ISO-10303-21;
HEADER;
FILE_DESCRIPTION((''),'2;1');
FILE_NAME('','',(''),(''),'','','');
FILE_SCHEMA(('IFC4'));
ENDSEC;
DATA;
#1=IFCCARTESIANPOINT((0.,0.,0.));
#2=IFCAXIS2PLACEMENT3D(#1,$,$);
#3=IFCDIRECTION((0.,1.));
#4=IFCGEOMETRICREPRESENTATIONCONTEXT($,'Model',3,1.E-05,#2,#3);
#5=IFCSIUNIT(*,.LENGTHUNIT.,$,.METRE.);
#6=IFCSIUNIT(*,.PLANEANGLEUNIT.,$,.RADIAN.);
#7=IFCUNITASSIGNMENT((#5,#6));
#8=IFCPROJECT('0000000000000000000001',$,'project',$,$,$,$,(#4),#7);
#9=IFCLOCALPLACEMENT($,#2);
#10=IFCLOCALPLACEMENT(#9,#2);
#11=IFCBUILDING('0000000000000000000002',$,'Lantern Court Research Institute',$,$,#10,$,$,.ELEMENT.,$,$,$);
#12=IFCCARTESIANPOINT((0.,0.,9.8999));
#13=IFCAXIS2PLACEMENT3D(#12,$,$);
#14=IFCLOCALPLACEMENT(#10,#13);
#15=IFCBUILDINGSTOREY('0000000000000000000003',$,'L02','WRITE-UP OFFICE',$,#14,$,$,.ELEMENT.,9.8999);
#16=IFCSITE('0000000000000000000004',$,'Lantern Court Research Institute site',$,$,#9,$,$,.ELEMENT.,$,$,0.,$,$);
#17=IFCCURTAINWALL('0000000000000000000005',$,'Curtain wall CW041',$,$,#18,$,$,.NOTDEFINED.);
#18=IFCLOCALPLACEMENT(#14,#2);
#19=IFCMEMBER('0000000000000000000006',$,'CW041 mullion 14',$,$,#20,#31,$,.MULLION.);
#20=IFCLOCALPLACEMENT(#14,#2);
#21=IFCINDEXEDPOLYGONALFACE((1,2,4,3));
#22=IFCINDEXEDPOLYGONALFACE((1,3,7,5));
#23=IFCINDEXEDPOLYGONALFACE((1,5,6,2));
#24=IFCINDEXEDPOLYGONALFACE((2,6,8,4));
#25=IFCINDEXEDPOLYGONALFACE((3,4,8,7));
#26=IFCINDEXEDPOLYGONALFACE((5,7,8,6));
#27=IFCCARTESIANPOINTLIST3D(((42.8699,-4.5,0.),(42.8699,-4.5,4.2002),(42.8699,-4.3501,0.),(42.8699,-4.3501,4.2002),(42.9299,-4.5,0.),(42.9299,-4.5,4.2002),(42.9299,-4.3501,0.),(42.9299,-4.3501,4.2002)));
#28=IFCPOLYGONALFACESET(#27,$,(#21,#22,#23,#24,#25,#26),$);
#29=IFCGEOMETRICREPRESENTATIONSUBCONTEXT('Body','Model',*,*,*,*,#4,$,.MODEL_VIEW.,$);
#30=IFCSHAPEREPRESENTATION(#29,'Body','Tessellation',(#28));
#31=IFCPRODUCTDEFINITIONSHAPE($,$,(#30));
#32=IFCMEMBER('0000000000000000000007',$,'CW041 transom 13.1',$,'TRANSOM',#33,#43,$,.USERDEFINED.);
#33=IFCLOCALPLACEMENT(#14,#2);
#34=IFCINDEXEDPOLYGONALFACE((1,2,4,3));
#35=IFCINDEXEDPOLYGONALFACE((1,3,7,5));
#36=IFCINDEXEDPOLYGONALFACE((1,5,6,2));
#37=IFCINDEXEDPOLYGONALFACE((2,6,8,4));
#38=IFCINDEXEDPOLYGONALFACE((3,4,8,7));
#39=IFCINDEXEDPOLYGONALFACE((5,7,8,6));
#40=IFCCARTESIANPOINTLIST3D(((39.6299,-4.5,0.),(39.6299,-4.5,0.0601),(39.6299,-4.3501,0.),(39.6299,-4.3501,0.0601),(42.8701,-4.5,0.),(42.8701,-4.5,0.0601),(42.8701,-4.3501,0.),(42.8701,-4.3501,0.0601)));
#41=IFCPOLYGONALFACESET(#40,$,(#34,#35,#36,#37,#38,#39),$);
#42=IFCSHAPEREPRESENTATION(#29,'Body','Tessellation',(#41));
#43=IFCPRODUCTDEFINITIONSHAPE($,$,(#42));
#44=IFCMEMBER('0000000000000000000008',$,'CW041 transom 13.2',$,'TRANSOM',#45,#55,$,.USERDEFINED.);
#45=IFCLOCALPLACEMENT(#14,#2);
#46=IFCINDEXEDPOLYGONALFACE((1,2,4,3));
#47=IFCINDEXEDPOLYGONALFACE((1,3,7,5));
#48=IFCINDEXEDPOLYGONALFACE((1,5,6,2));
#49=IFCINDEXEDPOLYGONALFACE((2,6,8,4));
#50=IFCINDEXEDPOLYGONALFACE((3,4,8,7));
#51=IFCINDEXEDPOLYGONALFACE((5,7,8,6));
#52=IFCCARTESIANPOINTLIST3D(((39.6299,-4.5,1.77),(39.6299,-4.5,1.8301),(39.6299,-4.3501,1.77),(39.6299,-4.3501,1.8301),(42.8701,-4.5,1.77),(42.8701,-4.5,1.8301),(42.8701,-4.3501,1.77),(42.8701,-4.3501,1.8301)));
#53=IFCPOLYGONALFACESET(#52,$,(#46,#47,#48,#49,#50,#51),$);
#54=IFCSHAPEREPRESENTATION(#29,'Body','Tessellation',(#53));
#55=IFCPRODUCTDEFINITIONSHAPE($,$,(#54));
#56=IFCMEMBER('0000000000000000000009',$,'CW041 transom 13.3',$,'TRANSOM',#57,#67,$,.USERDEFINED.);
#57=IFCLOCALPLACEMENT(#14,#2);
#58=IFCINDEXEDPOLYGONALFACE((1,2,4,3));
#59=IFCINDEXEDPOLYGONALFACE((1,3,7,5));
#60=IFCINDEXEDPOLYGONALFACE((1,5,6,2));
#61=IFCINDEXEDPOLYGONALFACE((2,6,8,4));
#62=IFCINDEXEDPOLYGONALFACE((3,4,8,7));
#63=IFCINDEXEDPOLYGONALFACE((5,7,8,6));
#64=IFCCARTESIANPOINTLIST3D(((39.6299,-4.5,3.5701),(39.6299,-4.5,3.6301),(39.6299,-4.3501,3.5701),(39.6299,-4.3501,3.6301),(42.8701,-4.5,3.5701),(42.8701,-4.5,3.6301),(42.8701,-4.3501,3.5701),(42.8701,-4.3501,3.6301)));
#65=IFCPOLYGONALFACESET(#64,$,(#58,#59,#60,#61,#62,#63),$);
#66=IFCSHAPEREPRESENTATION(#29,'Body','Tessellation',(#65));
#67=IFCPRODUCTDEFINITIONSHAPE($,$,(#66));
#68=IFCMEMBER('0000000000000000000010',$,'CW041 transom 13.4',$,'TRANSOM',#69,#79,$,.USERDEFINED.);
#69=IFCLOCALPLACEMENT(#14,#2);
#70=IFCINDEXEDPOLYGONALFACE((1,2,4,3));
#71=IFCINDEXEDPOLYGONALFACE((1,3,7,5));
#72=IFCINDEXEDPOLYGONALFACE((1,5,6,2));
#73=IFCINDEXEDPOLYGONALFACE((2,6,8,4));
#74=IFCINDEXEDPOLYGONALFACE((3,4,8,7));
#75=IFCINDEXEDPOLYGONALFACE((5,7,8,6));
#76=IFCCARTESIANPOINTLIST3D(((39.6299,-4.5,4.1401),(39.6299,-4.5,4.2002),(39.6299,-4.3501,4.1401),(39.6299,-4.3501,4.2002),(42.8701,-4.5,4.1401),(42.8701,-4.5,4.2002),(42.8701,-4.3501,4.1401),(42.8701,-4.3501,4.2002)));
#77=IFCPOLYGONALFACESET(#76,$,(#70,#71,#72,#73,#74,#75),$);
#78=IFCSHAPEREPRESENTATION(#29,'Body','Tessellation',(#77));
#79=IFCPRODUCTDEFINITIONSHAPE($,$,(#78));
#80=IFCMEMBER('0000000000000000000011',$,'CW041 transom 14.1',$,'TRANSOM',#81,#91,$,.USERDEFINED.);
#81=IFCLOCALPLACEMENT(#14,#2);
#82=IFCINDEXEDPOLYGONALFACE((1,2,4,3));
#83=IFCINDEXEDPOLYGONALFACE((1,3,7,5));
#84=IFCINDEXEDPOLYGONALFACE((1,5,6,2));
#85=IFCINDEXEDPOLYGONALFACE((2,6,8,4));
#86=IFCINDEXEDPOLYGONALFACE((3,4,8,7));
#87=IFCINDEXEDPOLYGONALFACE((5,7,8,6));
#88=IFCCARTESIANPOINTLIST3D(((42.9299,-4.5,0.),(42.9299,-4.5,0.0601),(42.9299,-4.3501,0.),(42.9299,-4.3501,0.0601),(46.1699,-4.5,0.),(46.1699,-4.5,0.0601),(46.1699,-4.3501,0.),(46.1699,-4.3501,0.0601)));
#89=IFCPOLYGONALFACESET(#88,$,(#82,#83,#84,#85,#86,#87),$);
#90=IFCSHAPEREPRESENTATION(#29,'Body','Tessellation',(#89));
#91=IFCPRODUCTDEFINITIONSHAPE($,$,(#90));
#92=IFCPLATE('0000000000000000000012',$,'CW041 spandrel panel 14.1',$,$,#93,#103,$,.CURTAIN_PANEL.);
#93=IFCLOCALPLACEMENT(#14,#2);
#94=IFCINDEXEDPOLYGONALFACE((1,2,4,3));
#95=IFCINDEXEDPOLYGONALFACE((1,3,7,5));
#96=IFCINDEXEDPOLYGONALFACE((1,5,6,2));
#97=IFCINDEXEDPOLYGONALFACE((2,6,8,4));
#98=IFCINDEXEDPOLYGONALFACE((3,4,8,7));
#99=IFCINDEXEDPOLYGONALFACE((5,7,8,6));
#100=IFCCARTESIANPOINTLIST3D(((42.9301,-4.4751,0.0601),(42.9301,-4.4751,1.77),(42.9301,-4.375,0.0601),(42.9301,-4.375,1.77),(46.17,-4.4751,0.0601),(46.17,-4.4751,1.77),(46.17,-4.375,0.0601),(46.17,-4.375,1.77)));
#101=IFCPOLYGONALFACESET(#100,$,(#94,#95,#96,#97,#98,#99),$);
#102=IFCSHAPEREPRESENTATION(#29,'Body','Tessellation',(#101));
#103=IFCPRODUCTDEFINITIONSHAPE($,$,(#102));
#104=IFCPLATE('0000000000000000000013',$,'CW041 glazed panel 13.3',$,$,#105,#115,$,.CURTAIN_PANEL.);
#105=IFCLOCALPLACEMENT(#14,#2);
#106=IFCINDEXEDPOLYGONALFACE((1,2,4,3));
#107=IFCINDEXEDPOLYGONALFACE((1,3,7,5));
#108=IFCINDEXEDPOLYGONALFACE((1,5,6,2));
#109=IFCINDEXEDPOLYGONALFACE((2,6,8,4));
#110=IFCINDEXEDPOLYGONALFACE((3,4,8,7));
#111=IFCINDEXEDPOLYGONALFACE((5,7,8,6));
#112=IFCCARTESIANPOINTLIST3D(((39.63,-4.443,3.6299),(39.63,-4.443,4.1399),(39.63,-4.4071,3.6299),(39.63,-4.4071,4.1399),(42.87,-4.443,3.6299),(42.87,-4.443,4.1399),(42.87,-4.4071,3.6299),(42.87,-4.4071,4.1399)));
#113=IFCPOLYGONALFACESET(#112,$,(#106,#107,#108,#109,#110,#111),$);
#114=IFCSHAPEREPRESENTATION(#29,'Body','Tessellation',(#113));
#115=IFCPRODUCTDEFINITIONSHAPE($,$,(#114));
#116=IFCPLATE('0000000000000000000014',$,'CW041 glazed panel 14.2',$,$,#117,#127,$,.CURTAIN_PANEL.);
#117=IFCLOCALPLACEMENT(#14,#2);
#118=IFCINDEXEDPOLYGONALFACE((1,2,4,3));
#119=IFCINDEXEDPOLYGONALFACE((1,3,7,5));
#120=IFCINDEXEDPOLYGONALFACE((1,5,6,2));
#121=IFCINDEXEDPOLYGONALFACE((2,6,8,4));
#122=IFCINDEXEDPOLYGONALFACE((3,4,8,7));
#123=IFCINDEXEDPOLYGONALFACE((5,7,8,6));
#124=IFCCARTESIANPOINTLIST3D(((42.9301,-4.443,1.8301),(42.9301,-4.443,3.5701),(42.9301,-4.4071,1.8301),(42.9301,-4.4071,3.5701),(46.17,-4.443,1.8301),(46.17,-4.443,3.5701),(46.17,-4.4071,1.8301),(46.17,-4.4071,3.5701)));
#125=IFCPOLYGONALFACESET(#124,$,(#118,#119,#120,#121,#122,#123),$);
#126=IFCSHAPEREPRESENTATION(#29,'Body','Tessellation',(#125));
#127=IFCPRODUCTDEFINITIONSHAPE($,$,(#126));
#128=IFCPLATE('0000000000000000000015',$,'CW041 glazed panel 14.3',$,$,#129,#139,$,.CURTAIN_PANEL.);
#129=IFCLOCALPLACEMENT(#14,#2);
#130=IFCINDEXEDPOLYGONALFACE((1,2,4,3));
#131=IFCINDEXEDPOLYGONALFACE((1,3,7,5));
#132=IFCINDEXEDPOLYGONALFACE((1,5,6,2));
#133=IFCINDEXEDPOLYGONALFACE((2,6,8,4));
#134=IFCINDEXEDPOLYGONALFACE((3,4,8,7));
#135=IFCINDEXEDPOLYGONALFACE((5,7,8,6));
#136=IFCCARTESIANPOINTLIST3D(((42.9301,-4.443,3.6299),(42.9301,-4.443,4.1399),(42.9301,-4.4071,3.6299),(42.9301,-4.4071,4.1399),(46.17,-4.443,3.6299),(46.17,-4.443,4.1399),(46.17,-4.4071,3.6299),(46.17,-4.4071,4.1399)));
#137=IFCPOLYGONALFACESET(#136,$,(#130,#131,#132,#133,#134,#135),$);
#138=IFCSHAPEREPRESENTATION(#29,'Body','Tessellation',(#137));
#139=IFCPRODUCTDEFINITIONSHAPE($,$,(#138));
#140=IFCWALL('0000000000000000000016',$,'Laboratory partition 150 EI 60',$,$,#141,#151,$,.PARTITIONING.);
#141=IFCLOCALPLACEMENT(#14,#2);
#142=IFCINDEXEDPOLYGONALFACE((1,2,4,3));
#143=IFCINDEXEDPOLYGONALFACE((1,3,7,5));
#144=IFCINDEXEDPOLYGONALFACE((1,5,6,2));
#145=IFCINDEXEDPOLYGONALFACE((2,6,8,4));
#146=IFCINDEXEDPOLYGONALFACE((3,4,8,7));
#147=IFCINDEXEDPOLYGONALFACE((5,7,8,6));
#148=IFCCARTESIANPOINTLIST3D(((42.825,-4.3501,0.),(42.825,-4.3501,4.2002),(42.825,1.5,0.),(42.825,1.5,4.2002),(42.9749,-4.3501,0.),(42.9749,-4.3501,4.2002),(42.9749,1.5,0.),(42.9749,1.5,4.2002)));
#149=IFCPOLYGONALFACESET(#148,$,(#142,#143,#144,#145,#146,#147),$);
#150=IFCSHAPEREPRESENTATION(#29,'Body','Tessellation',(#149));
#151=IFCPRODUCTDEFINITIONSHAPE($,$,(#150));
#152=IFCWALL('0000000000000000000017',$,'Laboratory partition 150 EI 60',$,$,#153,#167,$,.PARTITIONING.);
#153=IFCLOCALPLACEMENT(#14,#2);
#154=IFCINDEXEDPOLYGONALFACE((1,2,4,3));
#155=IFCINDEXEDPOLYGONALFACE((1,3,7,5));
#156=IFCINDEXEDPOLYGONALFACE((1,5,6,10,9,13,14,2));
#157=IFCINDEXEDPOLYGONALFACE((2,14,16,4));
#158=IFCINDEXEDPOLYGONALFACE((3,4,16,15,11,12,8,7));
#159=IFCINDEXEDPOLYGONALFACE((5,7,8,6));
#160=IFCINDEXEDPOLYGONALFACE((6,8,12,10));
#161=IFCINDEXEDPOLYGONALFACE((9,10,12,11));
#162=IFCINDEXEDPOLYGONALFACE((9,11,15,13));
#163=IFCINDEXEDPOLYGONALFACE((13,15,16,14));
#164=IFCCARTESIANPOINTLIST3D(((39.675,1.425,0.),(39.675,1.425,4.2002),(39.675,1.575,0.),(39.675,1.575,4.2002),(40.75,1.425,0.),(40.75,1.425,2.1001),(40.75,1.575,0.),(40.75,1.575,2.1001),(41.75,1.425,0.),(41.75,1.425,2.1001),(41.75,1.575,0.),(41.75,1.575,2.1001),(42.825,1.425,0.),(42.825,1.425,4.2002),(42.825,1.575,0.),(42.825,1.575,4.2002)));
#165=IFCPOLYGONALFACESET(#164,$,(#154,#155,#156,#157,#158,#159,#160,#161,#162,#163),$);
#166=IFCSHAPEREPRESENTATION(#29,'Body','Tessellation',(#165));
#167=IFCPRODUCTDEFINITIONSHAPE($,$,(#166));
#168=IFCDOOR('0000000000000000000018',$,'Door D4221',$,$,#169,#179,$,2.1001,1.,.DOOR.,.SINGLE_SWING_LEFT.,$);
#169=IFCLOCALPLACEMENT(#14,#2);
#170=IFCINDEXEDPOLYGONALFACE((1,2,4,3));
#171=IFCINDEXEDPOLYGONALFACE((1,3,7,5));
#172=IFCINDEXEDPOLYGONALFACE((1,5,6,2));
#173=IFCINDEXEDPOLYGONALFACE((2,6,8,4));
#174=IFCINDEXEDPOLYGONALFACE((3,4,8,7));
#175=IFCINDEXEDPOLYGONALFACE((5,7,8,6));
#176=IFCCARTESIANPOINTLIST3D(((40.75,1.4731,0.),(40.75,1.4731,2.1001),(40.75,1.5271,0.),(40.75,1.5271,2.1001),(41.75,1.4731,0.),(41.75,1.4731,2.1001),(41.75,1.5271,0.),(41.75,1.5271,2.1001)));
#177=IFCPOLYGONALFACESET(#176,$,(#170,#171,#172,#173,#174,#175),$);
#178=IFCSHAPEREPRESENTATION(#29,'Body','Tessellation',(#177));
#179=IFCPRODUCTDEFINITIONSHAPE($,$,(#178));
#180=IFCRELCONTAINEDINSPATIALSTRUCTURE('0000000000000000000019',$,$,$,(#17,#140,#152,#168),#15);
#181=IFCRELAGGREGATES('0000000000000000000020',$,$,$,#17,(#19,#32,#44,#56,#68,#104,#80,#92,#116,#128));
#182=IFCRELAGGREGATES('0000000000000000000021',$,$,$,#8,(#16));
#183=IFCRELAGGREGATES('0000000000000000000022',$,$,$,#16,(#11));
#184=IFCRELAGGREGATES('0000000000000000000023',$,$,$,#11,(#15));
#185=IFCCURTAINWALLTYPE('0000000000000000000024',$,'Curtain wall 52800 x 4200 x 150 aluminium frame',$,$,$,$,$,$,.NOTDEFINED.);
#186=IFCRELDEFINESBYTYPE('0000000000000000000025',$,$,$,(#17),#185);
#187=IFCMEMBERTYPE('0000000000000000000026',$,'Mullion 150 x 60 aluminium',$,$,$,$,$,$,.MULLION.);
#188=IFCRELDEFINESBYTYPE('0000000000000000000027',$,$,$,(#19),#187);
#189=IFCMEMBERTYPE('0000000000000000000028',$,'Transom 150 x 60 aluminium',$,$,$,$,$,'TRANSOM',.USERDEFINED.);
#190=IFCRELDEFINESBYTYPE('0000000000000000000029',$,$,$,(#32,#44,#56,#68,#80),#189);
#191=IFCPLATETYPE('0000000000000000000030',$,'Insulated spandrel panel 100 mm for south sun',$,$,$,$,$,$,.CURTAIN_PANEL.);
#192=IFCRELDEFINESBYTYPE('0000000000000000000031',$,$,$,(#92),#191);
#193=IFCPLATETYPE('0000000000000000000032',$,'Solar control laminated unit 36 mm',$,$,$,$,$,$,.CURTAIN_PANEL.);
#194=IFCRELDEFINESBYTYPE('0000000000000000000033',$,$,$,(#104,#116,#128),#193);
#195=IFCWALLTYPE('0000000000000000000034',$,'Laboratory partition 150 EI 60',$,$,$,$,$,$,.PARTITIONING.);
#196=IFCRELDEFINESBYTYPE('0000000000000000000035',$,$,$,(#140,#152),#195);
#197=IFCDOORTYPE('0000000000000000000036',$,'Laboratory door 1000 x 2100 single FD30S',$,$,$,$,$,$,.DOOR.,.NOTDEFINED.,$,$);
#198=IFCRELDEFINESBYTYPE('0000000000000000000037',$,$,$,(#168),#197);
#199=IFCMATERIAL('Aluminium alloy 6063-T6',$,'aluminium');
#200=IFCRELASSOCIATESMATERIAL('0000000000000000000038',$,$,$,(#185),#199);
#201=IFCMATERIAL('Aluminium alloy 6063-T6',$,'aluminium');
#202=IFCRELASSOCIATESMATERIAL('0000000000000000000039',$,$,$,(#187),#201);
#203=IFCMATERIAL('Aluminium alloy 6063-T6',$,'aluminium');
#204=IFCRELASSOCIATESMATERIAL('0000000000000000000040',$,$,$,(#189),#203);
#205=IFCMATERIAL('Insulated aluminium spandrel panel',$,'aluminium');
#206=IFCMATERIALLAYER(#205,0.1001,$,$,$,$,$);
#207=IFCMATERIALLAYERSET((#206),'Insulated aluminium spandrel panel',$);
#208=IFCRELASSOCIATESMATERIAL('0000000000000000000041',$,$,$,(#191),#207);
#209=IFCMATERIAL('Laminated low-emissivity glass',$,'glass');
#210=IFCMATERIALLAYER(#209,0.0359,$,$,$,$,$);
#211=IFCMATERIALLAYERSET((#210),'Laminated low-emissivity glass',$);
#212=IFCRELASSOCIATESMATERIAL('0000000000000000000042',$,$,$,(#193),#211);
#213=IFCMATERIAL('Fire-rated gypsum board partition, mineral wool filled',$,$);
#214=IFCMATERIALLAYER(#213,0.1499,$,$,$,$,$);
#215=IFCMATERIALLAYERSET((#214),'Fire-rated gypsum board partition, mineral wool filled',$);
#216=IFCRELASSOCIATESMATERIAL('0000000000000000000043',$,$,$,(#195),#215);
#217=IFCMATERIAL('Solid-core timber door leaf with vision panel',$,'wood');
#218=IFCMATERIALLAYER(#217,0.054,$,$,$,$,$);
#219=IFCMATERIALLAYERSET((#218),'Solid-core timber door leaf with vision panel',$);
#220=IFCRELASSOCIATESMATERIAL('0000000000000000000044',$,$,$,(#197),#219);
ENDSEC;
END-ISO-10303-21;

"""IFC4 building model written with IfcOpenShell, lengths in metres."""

from ifc_helpers import new_model, si_unit, direction, frame, frame_2d, origin, origin_2d, place, context, subcontext, project, spatial, rectangle, extrude, material, layer, layer_set, material_profile, profile_set, type_object, element, fill, aggregate, save


model = new_model("IFC4")

# Units and contexts
model_context = context("Model", 3, precision=1e-05, world=origin(), true_north=direction((0.0, 1.0)))
body_context = subcontext(model_context, "Body", "Model", "MODEL_VIEW")
ifc_project = project(units=[si_unit("LENGTHUNIT", "METRE"), si_unit("PLANEANGLEUNIT", "RADIAN")], contexts=[model_context])

# Site, building, storey
site_placement = place(None, origin())
site = spatial("IfcSite", under=ifc_project, at=site_placement, Name="Lantern Court Research Institute site", CompositionType="ELEMENT", RefElevation=0.0)
building_placement = place(site_placement, origin())
building = spatial("IfcBuilding", under=site, at=building_placement, Name="Lantern Court Research Institute", CompositionType="ELEMENT")
storey_placement = place(building_placement, frame((0.0, 0.0, 9.8999)))
storey = spatial("IfcBuildingStorey", under=building, at=storey_placement, Name="L02", Description="WRITE-UP OFFICE", CompositionType="ELEMENT", Elevation=9.8999)

# Curtain wall, members, plates
ifc_material_1 = material(Name="Aluminium alloy 6063-T6", Category="aluminium")
curtain_wall_type = type_object("IfcCurtainWallType", Name="Curtain wall 52800 x 4200 x 150 aluminium frame", PredefinedType="NOTDEFINED", material=ifc_material_1)
curtain_wall_placement = place(storey_placement, origin())
curtain_wall = element("IfcCurtainWall", 1, at=curtain_wall_placement, inside=storey, type_object=curtain_wall_type, Name="Curtain wall CW041", PredefinedType="NOTDEFINED")
ifc_material_2 = material(Name="Aluminium alloy 6063-T6", Category="aluminium")
ifc_material_profile_1 = material_profile(ifc_material_2, rectangle(XDim=0.1499, YDim=0.0601, at=origin_2d()), Name="Mullion 150 x 60")
ifc_profile_set_1 = profile_set([ifc_material_profile_1], Name="Aluminium alloy 6063-T6")
member_type_1 = type_object("IfcMemberType", Name="Mullion 150 x 60 aluminium", PredefinedType="MULLION", material=ifc_profile_set_1)
member_1_placement = place(storey_placement, frame((42.8999, -4.425, 0.0), z_axis=(0.0, 0.0, 1.0), x_axis=(0.0, -1.0, 0.0)))
member_1 = element("IfcMember", 2, at=member_1_placement, type_object=member_type_1, Name="CW041 mullion 14", PredefinedType="MULLION", context=body_context, shape_type="SweptSolid", body=[
    extrude(rectangle(XDim=0.1499, YDim=0.0601, at=origin_2d()), origin(), (0.0, 0.0, 1.0), 4.2002),
])
ifc_material_3 = material(Name="Aluminium alloy 6063-T6", Category="aluminium")
ifc_material_profile_2 = material_profile(ifc_material_3, rectangle(XDim=0.1499, YDim=0.0601, at=origin_2d()), Name="Transom 150 x 60")
ifc_profile_set_2 = profile_set([ifc_material_profile_2], Name="Aluminium alloy 6063-T6")
member_type_2 = type_object("IfcMemberType", Name="Transom 150 x 60 aluminium", ElementType="TRANSOM", PredefinedType="USERDEFINED", material=ifc_profile_set_2)
member_2_placement = place(storey_placement, frame((42.8701, -4.425, 0.03), z_axis=(-1.0, 0.0, 0.0), x_axis=(0.0, -1.0, 0.0)))
member_2 = element("IfcMember", 3, at=member_2_placement, type_object=member_type_2, Name="CW041 transom 13.1", ObjectType="TRANSOM", PredefinedType="USERDEFINED", context=body_context, shape_type="SweptSolid", body=[
    extrude(rectangle(XDim=0.1499, YDim=0.0601, at=origin_2d()), origin(), (0.0, 0.0, 1.0), 3.2402),
])
member_3_placement = place(storey_placement, frame((42.8701, -4.425, 1.8), z_axis=(-1.0, 0.0, 0.0), x_axis=(0.0, -1.0, 0.0)))
member_3 = element("IfcMember", 4, at=member_3_placement, type_object=member_type_2, Name="CW041 transom 13.2", ObjectType="TRANSOM", PredefinedType="USERDEFINED", context=body_context, shape_type="SweptSolid", body=[
    extrude(rectangle(XDim=0.1499, YDim=0.0601, at=origin_2d()), origin(), (0.0, 0.0, 1.0), 3.2402),
])
member_4_placement = place(storey_placement, frame((42.8701, -4.425, 3.6001), z_axis=(-1.0, 0.0, 0.0), x_axis=(0.0, -1.0, 0.0)))
member_4 = element("IfcMember", 5, at=member_4_placement, type_object=member_type_2, Name="CW041 transom 13.3", ObjectType="TRANSOM", PredefinedType="USERDEFINED", context=body_context, shape_type="SweptSolid", body=[
    extrude(rectangle(XDim=0.1499, YDim=0.0601, at=origin_2d()), origin(), (0.0, 0.0, 1.0), 3.2402),
])
member_5_placement = place(storey_placement, frame((42.8701, -4.425, 4.1702), z_axis=(-1.0, 0.0, 0.0), x_axis=(0.0, -1.0, 0.0)))
member_5 = element("IfcMember", 6, at=member_5_placement, type_object=member_type_2, Name="CW041 transom 13.4", ObjectType="TRANSOM", PredefinedType="USERDEFINED", context=body_context, shape_type="SweptSolid", body=[
    extrude(rectangle(XDim=0.1499, YDim=0.0601, at=origin_2d()), origin(), (0.0, 0.0, 1.0), 3.2402),
])
member_6_placement = place(storey_placement, frame((46.1699, -4.425, 0.03), z_axis=(-1.0, 0.0, 0.0), x_axis=(0.0, -1.0, 0.0)))
member_6 = element("IfcMember", 7, at=member_6_placement, type_object=member_type_2, Name="CW041 transom 14.1", ObjectType="TRANSOM", PredefinedType="USERDEFINED", context=body_context, shape_type="SweptSolid", body=[
    extrude(rectangle(XDim=0.1499, YDim=0.0601, at=origin_2d()), origin(), (0.0, 0.0, 1.0), 3.24),
])
ifc_material_4 = material(Name="Insulated aluminium spandrel panel", Category="aluminium")
ifc_layer_1 = layer(ifc_material_4, 0.1001)
ifc_layer_set_1 = layer_set([ifc_layer_1], Name="Insulated aluminium spandrel panel")
plate_type_1 = type_object("IfcPlateType", Name="Insulated spandrel panel 100 mm for south sun", PredefinedType="CURTAIN_PANEL", material=ifc_layer_set_1)
plate_1_placement = place(storey_placement, frame((44.55, -4.425, 0.0601), z_axis=(0.0, 0.0, 1.0), x_axis=(-1.0, 0.0, 0.0)))
plate_1 = element("IfcPlate", 8, at=plate_1_placement, type_object=plate_type_1, Name="CW041 spandrel panel 14.1", PredefinedType="CURTAIN_PANEL", context=body_context, shape_type="SweptSolid", body=[
    extrude(rectangle(XDim=3.24, YDim=0.1001, at=origin_2d()), origin(), (0.0, 0.0, 1.0), 1.71),
])
ifc_material_5 = material(Name="Laminated low-emissivity glass", Category="glass")
ifc_layer_2 = layer(ifc_material_5, 0.0359)
ifc_layer_set_2 = layer_set([ifc_layer_2], Name="Laminated low-emissivity glass")
plate_type_2 = type_object("IfcPlateType", Name="Solar control laminated unit 36 mm", PredefinedType="CURTAIN_PANEL", material=ifc_layer_set_2)
plate_2_placement = place(storey_placement, frame((41.25, -4.425, 3.6299), z_axis=(0.0, 0.0, 1.0), x_axis=(-1.0, 0.0, 0.0)))
plate_2 = element("IfcPlate", 9, at=plate_2_placement, type_object=plate_type_2, Name="CW041 glazed panel 13.3", PredefinedType="CURTAIN_PANEL", context=body_context, shape_type="SweptSolid", body=[
    extrude(rectangle(XDim=3.24, YDim=0.0359, at=origin_2d()), origin(), (0.0, 0.0, 1.0), 0.51),
])
plate_3_placement = place(storey_placement, frame((44.55, -4.425, 1.8301), z_axis=(0.0, 0.0, 1.0), x_axis=(-1.0, 0.0, 0.0)))
plate_3 = element("IfcPlate", 10, at=plate_3_placement, type_object=plate_type_2, Name="CW041 glazed panel 14.2", PredefinedType="CURTAIN_PANEL", context=body_context, shape_type="SweptSolid", body=[
    extrude(rectangle(XDim=3.24, YDim=0.0359, at=origin_2d()), origin(), (0.0, 0.0, 1.0), 1.74),
])
plate_4_placement = place(storey_placement, frame((44.55, -4.425, 3.6299), z_axis=(0.0, 0.0, 1.0), x_axis=(-1.0, 0.0, 0.0)))
plate_4 = element("IfcPlate", 11, at=plate_4_placement, type_object=plate_type_2, Name="CW041 glazed panel 14.3", PredefinedType="CURTAIN_PANEL", context=body_context, shape_type="SweptSolid", body=[
    extrude(rectangle(XDim=3.24, YDim=0.0359, at=origin_2d()), origin(), (0.0, 0.0, 1.0), 0.51),
])
aggregate(curtain_wall, [member_1, member_2, member_3, member_4, member_5, plate_2, member_6, plate_1, plate_3, plate_4])

# Wall
ifc_material_6 = material(Name="Fire-rated gypsum board partition, mineral wool filled")
ifc_layer_3 = layer(ifc_material_6, 0.1499)
ifc_layer_set_3 = layer_set([ifc_layer_3], Name="Fire-rated gypsum board partition, mineral wool filled")
wall_type = type_object("IfcWallType", Name="Laboratory partition 150 EI 60", PredefinedType="PARTITIONING", material=ifc_layer_set_3)
wall_1_placement = place(storey_placement, frame((42.8999, -4.3501, 0.0), z_axis=(0.0, 0.0, 1.0), x_axis=(0.0, 1.0, 0.0)))
element("IfcWall", 12, at=wall_1_placement, inside=storey, type_object=wall_type, Name="Laboratory partition 150 EI 60", PredefinedType="PARTITIONING", context=body_context, shape_type="SweptSolid", body=[
    extrude(rectangle(XDim=5.8501, YDim=0.1499, at=frame_2d((2.925, 0.0))), origin(), (0.0, 0.0, 1.0), 4.2002),
])

# Wall, opening, door
wall_2_placement = place(storey_placement, frame((42.825, 1.5, 0.0), z_axis=(0.0, 0.0, 1.0), x_axis=(-1.0, 0.0, 0.0)))
wall_2 = element("IfcWall", 13, at=wall_2_placement, inside=storey, type_object=wall_type, Name="Laboratory partition 150 EI 60", PredefinedType="PARTITIONING", context=body_context, shape_type="SweptSolid", body=[
    extrude(rectangle(XDim=3.1499, YDim=0.1499, at=frame_2d((1.575, 0.0))), origin(), (0.0, 0.0, 1.0), 4.2002),
])
opening_1_placement = place(wall_2_placement, frame((1.075, 0.0, 0.0)))
opening_1 = element("IfcOpeningElement", 14, at=opening_1_placement, cuts=wall_2, PredefinedType="OPENING", context=body_context, shape_type="SweptSolid", body=[
    extrude(rectangle(XDim=1.0, YDim=2.1001, at=frame_2d((0.5, 1.05))), frame((0.0, 0.085, 0.0), z_axis=(0.0, -1.0, 0.0), x_axis=(1.0, 0.0, 0.0)), (0.0, 0.0, 1.0), 0.1699),
])
ifc_material_7 = material(Name="Solid-core timber door leaf with vision panel", Category="wood")
ifc_layer_4 = layer(ifc_material_7, 0.054)
ifc_layer_set_4 = layer_set([ifc_layer_4], Name="Solid-core timber door leaf with vision panel")
door_type = type_object("IfcDoorType", Name="Laboratory door 1000 x 2100 single FD30S", OperationType="NOTDEFINED", PredefinedType="DOOR", material=ifc_layer_set_4)
door_1_placement = place(opening_1_placement, origin())
door_1 = element("IfcDoor", 15, at=door_1_placement, inside=storey, type_object=door_type, Name="Door D4221", OperationType="SINGLE_SWING_LEFT", OverallHeight=2.1001, OverallWidth=1.0, PredefinedType="DOOR", context=body_context, shape_type="SweptSolid", body=[
    extrude(rectangle(XDim=1.0, YDim=2.1001, at=frame_2d((0.5, 1.05))), frame((0.0, 0.0269, 0.0), z_axis=(0.0, -1.0, 0.0), x_axis=(1.0, 0.0, 0.0)), (0.0, 0.0, 1.0), 0.054),
])
fill(opening_1, door_1)

save(model, "model.ifc")
